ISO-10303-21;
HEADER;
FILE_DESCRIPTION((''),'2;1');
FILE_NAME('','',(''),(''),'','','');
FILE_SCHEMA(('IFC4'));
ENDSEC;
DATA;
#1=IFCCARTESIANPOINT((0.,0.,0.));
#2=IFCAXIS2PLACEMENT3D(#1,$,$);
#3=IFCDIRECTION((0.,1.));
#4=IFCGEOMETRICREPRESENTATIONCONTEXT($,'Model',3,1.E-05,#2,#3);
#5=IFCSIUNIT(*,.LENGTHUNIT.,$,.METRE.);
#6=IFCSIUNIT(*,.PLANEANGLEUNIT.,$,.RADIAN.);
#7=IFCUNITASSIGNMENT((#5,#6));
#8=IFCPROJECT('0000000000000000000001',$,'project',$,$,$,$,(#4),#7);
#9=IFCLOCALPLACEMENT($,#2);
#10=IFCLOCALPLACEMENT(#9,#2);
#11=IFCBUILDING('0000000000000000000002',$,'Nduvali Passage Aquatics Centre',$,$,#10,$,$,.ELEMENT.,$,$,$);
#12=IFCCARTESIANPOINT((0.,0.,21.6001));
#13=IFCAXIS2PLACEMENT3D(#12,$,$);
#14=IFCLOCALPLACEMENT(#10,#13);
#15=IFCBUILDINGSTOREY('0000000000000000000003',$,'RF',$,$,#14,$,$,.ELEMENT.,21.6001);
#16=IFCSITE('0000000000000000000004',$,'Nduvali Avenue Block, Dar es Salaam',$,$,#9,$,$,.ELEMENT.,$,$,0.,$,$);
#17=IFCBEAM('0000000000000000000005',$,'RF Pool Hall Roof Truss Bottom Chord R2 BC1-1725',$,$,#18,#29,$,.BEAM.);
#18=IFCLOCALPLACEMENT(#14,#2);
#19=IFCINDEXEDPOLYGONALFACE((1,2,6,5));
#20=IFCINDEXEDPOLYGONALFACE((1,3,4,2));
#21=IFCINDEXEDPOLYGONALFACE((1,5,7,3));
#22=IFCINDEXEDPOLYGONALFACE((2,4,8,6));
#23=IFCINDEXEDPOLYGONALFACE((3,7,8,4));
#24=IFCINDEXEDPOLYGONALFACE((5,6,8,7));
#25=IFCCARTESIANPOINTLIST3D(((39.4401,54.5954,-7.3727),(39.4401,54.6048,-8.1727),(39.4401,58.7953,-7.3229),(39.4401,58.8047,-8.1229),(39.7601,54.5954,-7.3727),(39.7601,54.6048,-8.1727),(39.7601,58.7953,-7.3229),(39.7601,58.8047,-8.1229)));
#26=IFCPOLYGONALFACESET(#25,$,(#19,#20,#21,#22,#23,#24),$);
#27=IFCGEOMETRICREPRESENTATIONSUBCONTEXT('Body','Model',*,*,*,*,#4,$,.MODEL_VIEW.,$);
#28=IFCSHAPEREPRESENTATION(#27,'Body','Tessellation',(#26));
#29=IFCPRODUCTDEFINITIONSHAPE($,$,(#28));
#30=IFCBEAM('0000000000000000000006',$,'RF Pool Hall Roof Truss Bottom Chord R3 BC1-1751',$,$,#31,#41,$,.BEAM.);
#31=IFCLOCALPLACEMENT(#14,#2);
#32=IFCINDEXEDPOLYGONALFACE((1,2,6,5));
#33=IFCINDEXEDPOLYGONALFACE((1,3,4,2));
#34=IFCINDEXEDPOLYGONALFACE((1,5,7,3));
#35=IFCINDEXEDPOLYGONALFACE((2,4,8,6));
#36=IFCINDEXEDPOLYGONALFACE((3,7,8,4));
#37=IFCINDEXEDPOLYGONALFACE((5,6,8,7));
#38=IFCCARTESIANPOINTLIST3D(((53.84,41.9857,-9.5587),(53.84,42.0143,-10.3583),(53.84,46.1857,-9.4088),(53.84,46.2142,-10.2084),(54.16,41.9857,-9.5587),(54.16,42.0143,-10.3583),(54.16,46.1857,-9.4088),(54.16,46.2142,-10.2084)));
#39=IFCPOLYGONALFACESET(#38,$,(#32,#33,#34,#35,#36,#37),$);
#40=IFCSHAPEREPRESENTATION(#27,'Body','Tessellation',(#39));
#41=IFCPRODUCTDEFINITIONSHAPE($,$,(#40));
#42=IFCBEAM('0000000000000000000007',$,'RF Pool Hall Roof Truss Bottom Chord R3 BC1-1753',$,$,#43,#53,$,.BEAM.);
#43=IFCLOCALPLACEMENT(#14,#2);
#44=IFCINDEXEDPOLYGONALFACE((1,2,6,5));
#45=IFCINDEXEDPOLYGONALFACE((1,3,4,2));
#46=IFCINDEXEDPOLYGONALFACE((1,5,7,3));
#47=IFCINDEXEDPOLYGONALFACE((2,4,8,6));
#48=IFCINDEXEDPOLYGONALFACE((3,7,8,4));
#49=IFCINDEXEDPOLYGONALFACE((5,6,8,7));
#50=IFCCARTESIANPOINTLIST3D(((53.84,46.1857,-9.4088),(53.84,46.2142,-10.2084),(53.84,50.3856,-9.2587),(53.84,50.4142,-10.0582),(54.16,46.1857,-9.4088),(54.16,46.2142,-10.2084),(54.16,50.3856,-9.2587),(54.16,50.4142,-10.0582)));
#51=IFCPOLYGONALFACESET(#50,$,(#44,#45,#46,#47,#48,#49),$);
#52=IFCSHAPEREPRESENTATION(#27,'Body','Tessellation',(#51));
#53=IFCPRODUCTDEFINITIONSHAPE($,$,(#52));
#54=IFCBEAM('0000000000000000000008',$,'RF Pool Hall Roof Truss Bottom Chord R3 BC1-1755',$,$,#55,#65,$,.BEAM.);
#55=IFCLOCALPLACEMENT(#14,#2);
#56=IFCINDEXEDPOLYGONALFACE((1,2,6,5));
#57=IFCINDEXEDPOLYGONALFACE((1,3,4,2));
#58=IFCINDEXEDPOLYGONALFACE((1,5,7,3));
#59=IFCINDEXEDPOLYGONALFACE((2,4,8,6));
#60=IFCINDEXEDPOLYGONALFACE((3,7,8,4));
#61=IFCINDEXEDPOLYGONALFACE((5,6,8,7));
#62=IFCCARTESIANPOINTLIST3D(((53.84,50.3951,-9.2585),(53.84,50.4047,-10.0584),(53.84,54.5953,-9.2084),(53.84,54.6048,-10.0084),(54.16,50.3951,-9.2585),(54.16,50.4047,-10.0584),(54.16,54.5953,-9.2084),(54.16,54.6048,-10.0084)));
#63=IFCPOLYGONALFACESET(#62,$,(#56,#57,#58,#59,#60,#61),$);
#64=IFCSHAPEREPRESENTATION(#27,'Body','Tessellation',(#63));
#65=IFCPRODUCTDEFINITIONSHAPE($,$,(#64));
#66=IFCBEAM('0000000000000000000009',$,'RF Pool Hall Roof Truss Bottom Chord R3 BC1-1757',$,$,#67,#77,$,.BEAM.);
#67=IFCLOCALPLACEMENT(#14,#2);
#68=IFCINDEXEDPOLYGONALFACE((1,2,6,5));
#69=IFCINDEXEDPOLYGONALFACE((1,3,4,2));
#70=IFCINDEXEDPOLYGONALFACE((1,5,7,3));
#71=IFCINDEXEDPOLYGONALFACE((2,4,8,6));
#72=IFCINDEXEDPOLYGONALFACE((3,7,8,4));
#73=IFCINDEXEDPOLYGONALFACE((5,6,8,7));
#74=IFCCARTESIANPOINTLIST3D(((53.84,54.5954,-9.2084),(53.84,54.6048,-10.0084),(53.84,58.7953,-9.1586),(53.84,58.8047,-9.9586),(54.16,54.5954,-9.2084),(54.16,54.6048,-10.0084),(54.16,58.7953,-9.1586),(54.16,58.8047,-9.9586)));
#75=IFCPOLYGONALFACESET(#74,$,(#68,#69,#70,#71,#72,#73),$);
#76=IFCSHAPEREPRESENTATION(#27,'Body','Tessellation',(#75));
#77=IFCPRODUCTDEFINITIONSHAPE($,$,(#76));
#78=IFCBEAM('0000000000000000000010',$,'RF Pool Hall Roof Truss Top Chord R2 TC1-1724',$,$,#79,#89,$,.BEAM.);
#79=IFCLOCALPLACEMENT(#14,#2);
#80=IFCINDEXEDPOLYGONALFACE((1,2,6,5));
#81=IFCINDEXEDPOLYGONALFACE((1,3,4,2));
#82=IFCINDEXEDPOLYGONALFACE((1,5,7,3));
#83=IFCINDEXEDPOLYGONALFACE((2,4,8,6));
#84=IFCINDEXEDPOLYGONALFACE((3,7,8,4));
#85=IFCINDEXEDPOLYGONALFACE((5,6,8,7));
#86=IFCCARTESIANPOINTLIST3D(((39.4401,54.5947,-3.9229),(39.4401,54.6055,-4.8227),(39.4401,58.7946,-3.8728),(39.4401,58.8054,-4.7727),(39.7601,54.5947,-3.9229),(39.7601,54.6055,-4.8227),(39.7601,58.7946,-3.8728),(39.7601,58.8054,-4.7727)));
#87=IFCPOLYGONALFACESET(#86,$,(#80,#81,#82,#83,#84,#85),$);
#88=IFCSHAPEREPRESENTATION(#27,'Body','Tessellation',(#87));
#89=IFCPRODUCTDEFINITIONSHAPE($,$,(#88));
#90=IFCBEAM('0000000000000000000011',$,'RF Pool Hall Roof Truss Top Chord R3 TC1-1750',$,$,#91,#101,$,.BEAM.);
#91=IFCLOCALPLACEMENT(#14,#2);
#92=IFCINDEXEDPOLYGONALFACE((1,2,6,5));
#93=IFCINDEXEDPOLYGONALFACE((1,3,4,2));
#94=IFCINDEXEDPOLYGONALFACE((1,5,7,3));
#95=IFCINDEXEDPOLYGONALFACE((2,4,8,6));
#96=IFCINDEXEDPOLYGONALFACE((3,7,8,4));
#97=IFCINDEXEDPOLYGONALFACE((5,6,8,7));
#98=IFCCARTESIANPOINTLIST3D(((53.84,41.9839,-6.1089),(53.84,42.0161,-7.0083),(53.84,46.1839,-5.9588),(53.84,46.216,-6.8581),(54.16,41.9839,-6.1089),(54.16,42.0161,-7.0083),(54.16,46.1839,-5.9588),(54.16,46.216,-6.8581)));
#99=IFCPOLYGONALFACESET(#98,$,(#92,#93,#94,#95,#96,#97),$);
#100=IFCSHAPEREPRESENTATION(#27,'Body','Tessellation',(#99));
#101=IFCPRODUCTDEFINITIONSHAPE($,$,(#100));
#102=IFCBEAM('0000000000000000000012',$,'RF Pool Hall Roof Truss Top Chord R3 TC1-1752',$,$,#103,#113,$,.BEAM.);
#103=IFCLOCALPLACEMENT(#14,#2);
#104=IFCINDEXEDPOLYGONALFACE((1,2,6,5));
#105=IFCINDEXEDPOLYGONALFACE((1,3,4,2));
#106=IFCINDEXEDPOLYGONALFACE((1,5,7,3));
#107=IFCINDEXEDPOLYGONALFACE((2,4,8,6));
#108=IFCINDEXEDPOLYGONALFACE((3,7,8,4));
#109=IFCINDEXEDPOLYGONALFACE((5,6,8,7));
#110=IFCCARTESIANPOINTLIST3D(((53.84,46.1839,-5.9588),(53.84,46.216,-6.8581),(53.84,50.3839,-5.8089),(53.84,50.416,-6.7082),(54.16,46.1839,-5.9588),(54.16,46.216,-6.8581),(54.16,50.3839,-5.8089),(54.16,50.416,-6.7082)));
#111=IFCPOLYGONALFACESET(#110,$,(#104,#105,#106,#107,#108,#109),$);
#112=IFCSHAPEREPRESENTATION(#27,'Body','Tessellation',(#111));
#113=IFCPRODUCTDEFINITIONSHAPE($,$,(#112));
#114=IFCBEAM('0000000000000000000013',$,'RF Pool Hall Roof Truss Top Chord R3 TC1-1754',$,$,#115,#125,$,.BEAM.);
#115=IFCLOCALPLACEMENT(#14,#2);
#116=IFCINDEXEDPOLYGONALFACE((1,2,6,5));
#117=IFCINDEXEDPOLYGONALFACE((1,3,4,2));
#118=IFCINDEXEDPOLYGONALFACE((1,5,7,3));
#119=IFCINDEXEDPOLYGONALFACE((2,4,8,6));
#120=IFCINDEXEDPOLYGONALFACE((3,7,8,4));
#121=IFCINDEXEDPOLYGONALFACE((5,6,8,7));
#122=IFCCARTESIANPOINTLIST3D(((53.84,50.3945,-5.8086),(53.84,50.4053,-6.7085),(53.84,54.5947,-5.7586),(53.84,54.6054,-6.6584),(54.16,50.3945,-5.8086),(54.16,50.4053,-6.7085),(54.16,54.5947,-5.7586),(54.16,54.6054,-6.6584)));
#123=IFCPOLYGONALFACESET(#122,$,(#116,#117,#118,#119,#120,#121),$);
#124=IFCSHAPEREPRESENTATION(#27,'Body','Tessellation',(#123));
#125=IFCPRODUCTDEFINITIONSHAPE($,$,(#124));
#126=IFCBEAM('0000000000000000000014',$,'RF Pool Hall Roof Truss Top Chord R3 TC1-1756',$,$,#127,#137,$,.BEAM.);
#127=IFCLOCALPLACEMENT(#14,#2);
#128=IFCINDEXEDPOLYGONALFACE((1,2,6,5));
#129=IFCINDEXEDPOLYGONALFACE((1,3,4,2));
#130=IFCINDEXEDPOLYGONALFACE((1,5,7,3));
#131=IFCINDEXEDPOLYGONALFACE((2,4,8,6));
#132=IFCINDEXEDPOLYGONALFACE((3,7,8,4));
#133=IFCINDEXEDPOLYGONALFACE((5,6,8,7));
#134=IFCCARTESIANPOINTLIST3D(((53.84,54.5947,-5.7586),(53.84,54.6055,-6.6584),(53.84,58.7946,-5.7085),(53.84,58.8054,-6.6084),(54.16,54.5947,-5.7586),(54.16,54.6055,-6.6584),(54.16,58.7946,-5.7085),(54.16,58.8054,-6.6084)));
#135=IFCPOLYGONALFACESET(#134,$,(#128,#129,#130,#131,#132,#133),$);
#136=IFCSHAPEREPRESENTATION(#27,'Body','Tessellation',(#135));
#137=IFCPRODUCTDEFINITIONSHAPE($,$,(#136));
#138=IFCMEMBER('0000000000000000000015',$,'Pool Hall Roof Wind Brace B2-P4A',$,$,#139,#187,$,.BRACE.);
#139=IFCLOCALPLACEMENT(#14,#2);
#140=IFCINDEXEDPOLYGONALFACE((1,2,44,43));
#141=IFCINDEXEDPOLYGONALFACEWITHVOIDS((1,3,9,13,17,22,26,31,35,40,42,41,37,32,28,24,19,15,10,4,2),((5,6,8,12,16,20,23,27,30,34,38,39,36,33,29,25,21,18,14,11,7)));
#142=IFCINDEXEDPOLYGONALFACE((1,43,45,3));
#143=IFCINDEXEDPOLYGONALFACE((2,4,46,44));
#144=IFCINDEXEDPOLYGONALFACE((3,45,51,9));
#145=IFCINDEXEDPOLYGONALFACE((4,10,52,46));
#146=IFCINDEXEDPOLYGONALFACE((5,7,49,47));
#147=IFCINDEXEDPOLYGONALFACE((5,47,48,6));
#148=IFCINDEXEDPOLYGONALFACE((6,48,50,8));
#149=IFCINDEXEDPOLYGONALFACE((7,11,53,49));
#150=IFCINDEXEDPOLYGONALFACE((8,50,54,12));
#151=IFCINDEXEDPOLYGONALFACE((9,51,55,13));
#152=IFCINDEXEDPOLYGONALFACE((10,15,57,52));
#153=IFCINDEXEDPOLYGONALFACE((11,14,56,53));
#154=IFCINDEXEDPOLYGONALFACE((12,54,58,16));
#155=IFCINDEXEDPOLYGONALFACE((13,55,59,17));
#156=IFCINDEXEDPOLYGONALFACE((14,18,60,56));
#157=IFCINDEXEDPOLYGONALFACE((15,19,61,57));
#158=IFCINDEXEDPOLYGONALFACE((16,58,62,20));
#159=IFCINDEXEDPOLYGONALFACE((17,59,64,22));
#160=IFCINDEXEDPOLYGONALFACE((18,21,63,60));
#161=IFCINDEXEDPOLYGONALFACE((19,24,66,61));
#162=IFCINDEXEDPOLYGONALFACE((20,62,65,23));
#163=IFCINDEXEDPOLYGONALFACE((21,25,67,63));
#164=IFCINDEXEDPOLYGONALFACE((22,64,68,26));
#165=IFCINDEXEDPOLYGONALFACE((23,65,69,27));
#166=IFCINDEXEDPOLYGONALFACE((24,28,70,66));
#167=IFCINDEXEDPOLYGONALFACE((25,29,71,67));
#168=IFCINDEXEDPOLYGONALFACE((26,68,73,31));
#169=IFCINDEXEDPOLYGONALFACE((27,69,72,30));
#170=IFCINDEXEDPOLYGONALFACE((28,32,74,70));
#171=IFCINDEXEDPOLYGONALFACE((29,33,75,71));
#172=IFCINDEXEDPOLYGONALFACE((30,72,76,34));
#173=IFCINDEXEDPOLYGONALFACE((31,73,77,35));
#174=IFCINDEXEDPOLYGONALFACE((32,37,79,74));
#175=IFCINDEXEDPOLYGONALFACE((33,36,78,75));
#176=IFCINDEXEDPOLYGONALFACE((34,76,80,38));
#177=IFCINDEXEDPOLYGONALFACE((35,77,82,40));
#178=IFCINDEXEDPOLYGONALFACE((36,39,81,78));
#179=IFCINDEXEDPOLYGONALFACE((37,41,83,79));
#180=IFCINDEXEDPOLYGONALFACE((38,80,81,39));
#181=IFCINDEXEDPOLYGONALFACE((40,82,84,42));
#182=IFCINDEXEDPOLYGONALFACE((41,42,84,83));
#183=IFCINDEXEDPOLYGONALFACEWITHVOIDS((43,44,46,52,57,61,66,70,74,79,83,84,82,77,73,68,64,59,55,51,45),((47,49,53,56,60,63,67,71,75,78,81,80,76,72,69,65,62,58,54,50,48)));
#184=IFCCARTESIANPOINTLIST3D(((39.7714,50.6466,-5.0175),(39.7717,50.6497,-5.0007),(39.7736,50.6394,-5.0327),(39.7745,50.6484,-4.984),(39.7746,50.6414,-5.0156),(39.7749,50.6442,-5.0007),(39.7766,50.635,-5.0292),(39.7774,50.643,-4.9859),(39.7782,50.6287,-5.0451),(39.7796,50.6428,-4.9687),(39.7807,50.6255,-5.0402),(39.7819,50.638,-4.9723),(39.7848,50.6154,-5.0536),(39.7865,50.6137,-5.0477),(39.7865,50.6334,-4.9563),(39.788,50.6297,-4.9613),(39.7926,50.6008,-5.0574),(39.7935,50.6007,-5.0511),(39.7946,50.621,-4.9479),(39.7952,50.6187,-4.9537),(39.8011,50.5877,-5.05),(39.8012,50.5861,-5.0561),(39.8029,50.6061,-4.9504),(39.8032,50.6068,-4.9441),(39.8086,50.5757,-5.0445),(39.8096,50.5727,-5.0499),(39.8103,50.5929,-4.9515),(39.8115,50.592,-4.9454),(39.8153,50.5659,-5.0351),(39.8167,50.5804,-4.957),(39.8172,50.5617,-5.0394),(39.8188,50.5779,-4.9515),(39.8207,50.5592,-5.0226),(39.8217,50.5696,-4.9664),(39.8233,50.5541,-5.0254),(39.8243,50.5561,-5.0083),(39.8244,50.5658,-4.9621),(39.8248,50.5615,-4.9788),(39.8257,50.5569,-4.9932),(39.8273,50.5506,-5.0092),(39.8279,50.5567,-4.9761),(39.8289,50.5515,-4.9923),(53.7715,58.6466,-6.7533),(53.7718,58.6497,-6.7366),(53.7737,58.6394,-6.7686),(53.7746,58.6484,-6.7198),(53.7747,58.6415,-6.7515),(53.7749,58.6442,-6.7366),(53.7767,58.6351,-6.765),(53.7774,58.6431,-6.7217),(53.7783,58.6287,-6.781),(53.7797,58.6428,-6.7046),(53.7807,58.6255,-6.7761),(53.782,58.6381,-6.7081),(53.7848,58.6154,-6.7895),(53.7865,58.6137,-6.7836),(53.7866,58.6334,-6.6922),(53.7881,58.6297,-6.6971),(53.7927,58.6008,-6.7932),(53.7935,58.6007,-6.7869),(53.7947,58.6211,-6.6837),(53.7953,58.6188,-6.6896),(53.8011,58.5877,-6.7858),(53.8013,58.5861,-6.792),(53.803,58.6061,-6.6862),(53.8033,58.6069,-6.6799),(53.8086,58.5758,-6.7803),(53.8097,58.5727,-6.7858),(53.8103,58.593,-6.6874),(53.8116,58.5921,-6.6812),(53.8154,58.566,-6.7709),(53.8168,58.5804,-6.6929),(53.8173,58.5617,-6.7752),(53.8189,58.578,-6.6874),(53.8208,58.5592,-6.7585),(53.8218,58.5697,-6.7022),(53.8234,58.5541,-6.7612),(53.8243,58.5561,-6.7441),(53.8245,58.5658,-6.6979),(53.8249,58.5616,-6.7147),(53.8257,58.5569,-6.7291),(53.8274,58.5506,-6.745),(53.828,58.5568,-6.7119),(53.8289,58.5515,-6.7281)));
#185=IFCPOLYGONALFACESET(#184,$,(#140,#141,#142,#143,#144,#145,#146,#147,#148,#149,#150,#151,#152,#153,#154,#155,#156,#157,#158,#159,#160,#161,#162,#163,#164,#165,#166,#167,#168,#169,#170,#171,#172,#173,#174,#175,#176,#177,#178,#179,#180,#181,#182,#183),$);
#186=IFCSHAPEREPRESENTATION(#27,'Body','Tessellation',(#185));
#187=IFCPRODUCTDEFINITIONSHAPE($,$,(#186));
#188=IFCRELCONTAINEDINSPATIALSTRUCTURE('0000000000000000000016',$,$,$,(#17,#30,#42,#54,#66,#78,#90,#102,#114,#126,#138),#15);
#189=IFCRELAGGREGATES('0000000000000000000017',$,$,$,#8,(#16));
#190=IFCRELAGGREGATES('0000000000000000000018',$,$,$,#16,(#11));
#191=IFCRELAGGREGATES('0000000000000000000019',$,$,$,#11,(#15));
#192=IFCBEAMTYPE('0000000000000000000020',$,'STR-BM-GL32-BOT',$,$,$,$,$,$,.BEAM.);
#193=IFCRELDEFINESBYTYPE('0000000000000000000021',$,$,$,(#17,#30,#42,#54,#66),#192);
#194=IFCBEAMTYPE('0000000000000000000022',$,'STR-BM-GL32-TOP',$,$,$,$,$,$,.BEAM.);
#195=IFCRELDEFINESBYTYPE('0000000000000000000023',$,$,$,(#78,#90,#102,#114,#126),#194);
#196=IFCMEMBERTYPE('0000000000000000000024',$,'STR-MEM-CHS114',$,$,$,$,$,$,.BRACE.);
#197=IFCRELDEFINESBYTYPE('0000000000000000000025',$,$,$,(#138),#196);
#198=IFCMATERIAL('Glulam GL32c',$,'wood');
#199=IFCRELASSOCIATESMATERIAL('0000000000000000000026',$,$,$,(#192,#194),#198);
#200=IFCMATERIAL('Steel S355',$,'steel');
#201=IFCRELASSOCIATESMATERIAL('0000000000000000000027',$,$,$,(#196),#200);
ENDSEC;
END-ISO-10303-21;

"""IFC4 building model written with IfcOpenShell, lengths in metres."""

from ifc_helpers import new_model, si_unit, direction, frame, origin, origin_2d, place, context, subcontext, project, spatial, rectangle, hollow_circle, extrude, material, material_profile, profile_set, type_object, element, save


model = new_model("IFC4")

# Units and contexts
model_context = context("Model", 3, precision=1e-05, world=origin(), true_north=direction((0.0, 1.0)))
body_context = subcontext(model_context, "Body", "Model", "MODEL_VIEW")
ifc_project = project(units=[si_unit("LENGTHUNIT", "METRE"), si_unit("PLANEANGLEUNIT", "RADIAN")], contexts=[model_context])

# Site, building, storey
site_placement = place(None, origin())
site = spatial("IfcSite", under=ifc_project, at=site_placement, Name="Nduvali Avenue Block, Dar es Salaam", CompositionType="ELEMENT", RefElevation=0.0)
building_placement = place(site_placement, origin())
building = spatial("IfcBuilding", under=site, at=building_placement, Name="Nduvali Passage Aquatics Centre", CompositionType="ELEMENT")
storey_placement = place(building_placement, frame((0.0, 0.0, 21.6001)))
storey = spatial("IfcBuildingStorey", under=building, at=storey_placement, Name="RF", CompositionType="ELEMENT", Elevation=21.6001)

# Beams
ifc_material_1 = material(Name="Glulam GL32c", Category="wood")
ifc_material_profile_1 = material_profile(ifc_material_1, rectangle(XDim=0.3201, YDim=0.8, at=origin_2d()), Name="GL32c 320x800")
ifc_profile_set_1 = profile_set([ifc_material_profile_1], Name="Glulam GL32c")
beam_type_1 = type_object("IfcBeamType", Name="STR-BM-GL32-BOT", PredefinedType="BEAM", material=ifc_profile_set_1)
beam_1_placement = place(storey_placement, frame((39.6001, 54.6001, -7.7727), z_axis=(0.0, 0.99993, 0.011858), x_axis=(-1.0, 0.0, 0.0)))
element("IfcBeam", 1, at=beam_1_placement, inside=storey, type_object=beam_type_1, Name="RF Pool Hall Roof Truss Bottom Chord R2 BC1-1725", PredefinedType="BEAM", context=body_context, shape_type="SweptSolid", body=[
    extrude(rectangle(XDim=0.3201, YDim=0.8, at=origin_2d()), origin(), (0.0, 0.0, 1.0), 4.2002),
])
for number, where, z_axis, x_axis, name in (
    (2, (54.0, 42.0, -9.9585), (0.0, 0.999364, 0.035669), (-1.0, 0.0, 0.0), "RF Pool Hall Roof Truss Bottom Chord R3 BC1-1751"),
    (3, (54.0, 46.2, -9.8086), (0.0, 0.999362, 0.035727), (-1.0, 0.0, 0.0), "RF Pool Hall Roof Truss Bottom Chord R3 BC1-1753"),
):
    element("IfcBeam", number, at=place(storey_placement, frame(where, z_axis=z_axis, x_axis=x_axis)), inside=storey, type_object=beam_type_1, Name=name, PredefinedType="BEAM", context=body_context, shape_type="SweptSolid", body=[
        extrude(rectangle(XDim=0.3201, YDim=0.8, at=origin_2d()), origin(), (0.0, 0.0, 1.0), 4.2026),
    ])
beam_2_placement = place(storey_placement, frame((54.0, 50.3999, -9.6584), z_axis=(0.0, 0.999929, 0.011915), x_axis=(-1.0, 0.0, 0.0)))
element("IfcBeam", 4, at=beam_2_placement, inside=storey, type_object=beam_type_1, Name="RF Pool Hall Roof Truss Bottom Chord R3 BC1-1755", PredefinedType="BEAM", context=body_context, shape_type="SweptSolid", body=[
    extrude(rectangle(XDim=0.3201, YDim=0.8, at=origin_2d()), origin(), (0.0, 0.0, 1.0), 4.2004),
])
beam_3_placement = place(storey_placement, frame((54.0, 54.6001, -9.6084), z_axis=(0.0, 0.99993, 0.011858), x_axis=(-1.0, 0.0, 0.0)))
element("IfcBeam", 5, at=beam_3_placement, inside=storey, type_object=beam_type_1, Name="RF Pool Hall Roof Truss Bottom Chord R3 BC1-1757", PredefinedType="BEAM", context=body_context, shape_type="SweptSolid", body=[
    extrude(rectangle(XDim=0.3201, YDim=0.8, at=origin_2d()), origin(), (0.0, 0.0, 1.0), 4.2002),
])
ifc_material_profile_2 = material_profile(ifc_material_1, rectangle(XDim=0.3201, YDim=0.8999, at=origin_2d()), Name="GL32c 320x900")
ifc_profile_set_2 = profile_set([ifc_material_profile_2], Name="Glulam GL32c")
beam_type_2 = type_object("IfcBeamType", Name="STR-BM-GL32-TOP", PredefinedType="BEAM", material=ifc_profile_set_2)
beam_4_placement = place(storey_placement, frame((39.6001, 54.6001, -4.3728), z_axis=(0.0, 0.999929, 0.011916), x_axis=(-1.0, 0.0, 0.0)))
element("IfcBeam", 6, at=beam_4_placement, inside=storey, type_object=beam_type_2, Name="RF Pool Hall Roof Truss Top Chord R2 TC1-1724", PredefinedType="BEAM", context=body_context, shape_type="SweptSolid", body=[
    extrude(rectangle(XDim=0.3201, YDim=0.8999, at=origin_2d()), origin(), (0.0, 0.0, 1.0), 4.2002),
])
for number, where, z_axis, x_axis, name in (
    (7, (54.0, 42.0, -6.5586), (0.0, 0.999362, 0.035727), (-1.0, 0.0, 0.0), "RF Pool Hall Roof Truss Top Chord R3 TC1-1750"),
    (8, (54.0, 46.2, -6.4084), (0.0, 0.999364, 0.035669), (-1.0, 0.0, 0.0), "RF Pool Hall Roof Truss Top Chord R3 TC1-1752"),
):
    element("IfcBeam", number, at=place(storey_placement, frame(where, z_axis=z_axis, x_axis=x_axis)), inside=storey, type_object=beam_type_2, Name=name, PredefinedType="BEAM", context=body_context, shape_type="SweptSolid", body=[
        extrude(rectangle(XDim=0.3201, YDim=0.8999, at=origin_2d()), origin(), (0.0, 0.0, 1.0), 4.2026),
    ])
beam_5_placement = place(storey_placement, frame((54.0, 50.3999, -6.2585), z_axis=(0.0, 0.999929, 0.011915), x_axis=(-1.0, 0.0, 0.0)))
element("IfcBeam", 9, at=beam_5_placement, inside=storey, type_object=beam_type_2, Name="RF Pool Hall Roof Truss Top Chord R3 TC1-1754", PredefinedType="BEAM", context=body_context, shape_type="SweptSolid", body=[
    extrude(rectangle(XDim=0.3201, YDim=0.8999, at=origin_2d()), origin(), (0.0, 0.0, 1.0), 4.2004),
])
beam_6_placement = place(storey_placement, frame((54.0, 54.6001, -6.2085), z_axis=(0.0, 0.999929, 0.011916), x_axis=(-1.0, 0.0, 0.0)))
element("IfcBeam", 10, at=beam_6_placement, inside=storey, type_object=beam_type_2, Name="RF Pool Hall Roof Truss Top Chord R3 TC1-1756", PredefinedType="BEAM", context=body_context, shape_type="SweptSolid", body=[
    extrude(rectangle(XDim=0.3201, YDim=0.8999, at=origin_2d()), origin(), (0.0, 0.0, 1.0), 4.2002),
])

# Member
ifc_material_2 = material(Name="Steel S355", Category="steel")
ifc_material_profile_3 = material_profile(ifc_material_2, hollow_circle(Radius=0.0571, WallThickness=0.0063, at=origin_2d()), Name="CHS 114.3x6.3")
ifc_profile_set_3 = profile_set([ifc_material_profile_3], Name="Steel S355")
member_type_1 = type_object("IfcMemberType", Name="STR-MEM-CHS114", PredefinedType="BRACE", material=ifc_profile_set_3)
member_1_placement = place(storey_placement, frame((39.8, 50.6001, -5.0007), z_axis=(0.863255, 0.493289, -0.107034), x_axis=(-0.496139, 0.868243, 0.0)))
element("IfcMember", 11, at=member_1_placement, inside=storey, type_object=member_type_1, Name="Pool Hall Roof Wind Brace B2-P4A", PredefinedType="BRACE", context=body_context, shape_type="SweptSolid", body=[
    extrude(hollow_circle(Radius=0.0571, WallThickness=0.0063, at=origin_2d()), origin(), (0.0, 0.0, 1.0), 16.2178),
])

save(model, "model.ifc")
